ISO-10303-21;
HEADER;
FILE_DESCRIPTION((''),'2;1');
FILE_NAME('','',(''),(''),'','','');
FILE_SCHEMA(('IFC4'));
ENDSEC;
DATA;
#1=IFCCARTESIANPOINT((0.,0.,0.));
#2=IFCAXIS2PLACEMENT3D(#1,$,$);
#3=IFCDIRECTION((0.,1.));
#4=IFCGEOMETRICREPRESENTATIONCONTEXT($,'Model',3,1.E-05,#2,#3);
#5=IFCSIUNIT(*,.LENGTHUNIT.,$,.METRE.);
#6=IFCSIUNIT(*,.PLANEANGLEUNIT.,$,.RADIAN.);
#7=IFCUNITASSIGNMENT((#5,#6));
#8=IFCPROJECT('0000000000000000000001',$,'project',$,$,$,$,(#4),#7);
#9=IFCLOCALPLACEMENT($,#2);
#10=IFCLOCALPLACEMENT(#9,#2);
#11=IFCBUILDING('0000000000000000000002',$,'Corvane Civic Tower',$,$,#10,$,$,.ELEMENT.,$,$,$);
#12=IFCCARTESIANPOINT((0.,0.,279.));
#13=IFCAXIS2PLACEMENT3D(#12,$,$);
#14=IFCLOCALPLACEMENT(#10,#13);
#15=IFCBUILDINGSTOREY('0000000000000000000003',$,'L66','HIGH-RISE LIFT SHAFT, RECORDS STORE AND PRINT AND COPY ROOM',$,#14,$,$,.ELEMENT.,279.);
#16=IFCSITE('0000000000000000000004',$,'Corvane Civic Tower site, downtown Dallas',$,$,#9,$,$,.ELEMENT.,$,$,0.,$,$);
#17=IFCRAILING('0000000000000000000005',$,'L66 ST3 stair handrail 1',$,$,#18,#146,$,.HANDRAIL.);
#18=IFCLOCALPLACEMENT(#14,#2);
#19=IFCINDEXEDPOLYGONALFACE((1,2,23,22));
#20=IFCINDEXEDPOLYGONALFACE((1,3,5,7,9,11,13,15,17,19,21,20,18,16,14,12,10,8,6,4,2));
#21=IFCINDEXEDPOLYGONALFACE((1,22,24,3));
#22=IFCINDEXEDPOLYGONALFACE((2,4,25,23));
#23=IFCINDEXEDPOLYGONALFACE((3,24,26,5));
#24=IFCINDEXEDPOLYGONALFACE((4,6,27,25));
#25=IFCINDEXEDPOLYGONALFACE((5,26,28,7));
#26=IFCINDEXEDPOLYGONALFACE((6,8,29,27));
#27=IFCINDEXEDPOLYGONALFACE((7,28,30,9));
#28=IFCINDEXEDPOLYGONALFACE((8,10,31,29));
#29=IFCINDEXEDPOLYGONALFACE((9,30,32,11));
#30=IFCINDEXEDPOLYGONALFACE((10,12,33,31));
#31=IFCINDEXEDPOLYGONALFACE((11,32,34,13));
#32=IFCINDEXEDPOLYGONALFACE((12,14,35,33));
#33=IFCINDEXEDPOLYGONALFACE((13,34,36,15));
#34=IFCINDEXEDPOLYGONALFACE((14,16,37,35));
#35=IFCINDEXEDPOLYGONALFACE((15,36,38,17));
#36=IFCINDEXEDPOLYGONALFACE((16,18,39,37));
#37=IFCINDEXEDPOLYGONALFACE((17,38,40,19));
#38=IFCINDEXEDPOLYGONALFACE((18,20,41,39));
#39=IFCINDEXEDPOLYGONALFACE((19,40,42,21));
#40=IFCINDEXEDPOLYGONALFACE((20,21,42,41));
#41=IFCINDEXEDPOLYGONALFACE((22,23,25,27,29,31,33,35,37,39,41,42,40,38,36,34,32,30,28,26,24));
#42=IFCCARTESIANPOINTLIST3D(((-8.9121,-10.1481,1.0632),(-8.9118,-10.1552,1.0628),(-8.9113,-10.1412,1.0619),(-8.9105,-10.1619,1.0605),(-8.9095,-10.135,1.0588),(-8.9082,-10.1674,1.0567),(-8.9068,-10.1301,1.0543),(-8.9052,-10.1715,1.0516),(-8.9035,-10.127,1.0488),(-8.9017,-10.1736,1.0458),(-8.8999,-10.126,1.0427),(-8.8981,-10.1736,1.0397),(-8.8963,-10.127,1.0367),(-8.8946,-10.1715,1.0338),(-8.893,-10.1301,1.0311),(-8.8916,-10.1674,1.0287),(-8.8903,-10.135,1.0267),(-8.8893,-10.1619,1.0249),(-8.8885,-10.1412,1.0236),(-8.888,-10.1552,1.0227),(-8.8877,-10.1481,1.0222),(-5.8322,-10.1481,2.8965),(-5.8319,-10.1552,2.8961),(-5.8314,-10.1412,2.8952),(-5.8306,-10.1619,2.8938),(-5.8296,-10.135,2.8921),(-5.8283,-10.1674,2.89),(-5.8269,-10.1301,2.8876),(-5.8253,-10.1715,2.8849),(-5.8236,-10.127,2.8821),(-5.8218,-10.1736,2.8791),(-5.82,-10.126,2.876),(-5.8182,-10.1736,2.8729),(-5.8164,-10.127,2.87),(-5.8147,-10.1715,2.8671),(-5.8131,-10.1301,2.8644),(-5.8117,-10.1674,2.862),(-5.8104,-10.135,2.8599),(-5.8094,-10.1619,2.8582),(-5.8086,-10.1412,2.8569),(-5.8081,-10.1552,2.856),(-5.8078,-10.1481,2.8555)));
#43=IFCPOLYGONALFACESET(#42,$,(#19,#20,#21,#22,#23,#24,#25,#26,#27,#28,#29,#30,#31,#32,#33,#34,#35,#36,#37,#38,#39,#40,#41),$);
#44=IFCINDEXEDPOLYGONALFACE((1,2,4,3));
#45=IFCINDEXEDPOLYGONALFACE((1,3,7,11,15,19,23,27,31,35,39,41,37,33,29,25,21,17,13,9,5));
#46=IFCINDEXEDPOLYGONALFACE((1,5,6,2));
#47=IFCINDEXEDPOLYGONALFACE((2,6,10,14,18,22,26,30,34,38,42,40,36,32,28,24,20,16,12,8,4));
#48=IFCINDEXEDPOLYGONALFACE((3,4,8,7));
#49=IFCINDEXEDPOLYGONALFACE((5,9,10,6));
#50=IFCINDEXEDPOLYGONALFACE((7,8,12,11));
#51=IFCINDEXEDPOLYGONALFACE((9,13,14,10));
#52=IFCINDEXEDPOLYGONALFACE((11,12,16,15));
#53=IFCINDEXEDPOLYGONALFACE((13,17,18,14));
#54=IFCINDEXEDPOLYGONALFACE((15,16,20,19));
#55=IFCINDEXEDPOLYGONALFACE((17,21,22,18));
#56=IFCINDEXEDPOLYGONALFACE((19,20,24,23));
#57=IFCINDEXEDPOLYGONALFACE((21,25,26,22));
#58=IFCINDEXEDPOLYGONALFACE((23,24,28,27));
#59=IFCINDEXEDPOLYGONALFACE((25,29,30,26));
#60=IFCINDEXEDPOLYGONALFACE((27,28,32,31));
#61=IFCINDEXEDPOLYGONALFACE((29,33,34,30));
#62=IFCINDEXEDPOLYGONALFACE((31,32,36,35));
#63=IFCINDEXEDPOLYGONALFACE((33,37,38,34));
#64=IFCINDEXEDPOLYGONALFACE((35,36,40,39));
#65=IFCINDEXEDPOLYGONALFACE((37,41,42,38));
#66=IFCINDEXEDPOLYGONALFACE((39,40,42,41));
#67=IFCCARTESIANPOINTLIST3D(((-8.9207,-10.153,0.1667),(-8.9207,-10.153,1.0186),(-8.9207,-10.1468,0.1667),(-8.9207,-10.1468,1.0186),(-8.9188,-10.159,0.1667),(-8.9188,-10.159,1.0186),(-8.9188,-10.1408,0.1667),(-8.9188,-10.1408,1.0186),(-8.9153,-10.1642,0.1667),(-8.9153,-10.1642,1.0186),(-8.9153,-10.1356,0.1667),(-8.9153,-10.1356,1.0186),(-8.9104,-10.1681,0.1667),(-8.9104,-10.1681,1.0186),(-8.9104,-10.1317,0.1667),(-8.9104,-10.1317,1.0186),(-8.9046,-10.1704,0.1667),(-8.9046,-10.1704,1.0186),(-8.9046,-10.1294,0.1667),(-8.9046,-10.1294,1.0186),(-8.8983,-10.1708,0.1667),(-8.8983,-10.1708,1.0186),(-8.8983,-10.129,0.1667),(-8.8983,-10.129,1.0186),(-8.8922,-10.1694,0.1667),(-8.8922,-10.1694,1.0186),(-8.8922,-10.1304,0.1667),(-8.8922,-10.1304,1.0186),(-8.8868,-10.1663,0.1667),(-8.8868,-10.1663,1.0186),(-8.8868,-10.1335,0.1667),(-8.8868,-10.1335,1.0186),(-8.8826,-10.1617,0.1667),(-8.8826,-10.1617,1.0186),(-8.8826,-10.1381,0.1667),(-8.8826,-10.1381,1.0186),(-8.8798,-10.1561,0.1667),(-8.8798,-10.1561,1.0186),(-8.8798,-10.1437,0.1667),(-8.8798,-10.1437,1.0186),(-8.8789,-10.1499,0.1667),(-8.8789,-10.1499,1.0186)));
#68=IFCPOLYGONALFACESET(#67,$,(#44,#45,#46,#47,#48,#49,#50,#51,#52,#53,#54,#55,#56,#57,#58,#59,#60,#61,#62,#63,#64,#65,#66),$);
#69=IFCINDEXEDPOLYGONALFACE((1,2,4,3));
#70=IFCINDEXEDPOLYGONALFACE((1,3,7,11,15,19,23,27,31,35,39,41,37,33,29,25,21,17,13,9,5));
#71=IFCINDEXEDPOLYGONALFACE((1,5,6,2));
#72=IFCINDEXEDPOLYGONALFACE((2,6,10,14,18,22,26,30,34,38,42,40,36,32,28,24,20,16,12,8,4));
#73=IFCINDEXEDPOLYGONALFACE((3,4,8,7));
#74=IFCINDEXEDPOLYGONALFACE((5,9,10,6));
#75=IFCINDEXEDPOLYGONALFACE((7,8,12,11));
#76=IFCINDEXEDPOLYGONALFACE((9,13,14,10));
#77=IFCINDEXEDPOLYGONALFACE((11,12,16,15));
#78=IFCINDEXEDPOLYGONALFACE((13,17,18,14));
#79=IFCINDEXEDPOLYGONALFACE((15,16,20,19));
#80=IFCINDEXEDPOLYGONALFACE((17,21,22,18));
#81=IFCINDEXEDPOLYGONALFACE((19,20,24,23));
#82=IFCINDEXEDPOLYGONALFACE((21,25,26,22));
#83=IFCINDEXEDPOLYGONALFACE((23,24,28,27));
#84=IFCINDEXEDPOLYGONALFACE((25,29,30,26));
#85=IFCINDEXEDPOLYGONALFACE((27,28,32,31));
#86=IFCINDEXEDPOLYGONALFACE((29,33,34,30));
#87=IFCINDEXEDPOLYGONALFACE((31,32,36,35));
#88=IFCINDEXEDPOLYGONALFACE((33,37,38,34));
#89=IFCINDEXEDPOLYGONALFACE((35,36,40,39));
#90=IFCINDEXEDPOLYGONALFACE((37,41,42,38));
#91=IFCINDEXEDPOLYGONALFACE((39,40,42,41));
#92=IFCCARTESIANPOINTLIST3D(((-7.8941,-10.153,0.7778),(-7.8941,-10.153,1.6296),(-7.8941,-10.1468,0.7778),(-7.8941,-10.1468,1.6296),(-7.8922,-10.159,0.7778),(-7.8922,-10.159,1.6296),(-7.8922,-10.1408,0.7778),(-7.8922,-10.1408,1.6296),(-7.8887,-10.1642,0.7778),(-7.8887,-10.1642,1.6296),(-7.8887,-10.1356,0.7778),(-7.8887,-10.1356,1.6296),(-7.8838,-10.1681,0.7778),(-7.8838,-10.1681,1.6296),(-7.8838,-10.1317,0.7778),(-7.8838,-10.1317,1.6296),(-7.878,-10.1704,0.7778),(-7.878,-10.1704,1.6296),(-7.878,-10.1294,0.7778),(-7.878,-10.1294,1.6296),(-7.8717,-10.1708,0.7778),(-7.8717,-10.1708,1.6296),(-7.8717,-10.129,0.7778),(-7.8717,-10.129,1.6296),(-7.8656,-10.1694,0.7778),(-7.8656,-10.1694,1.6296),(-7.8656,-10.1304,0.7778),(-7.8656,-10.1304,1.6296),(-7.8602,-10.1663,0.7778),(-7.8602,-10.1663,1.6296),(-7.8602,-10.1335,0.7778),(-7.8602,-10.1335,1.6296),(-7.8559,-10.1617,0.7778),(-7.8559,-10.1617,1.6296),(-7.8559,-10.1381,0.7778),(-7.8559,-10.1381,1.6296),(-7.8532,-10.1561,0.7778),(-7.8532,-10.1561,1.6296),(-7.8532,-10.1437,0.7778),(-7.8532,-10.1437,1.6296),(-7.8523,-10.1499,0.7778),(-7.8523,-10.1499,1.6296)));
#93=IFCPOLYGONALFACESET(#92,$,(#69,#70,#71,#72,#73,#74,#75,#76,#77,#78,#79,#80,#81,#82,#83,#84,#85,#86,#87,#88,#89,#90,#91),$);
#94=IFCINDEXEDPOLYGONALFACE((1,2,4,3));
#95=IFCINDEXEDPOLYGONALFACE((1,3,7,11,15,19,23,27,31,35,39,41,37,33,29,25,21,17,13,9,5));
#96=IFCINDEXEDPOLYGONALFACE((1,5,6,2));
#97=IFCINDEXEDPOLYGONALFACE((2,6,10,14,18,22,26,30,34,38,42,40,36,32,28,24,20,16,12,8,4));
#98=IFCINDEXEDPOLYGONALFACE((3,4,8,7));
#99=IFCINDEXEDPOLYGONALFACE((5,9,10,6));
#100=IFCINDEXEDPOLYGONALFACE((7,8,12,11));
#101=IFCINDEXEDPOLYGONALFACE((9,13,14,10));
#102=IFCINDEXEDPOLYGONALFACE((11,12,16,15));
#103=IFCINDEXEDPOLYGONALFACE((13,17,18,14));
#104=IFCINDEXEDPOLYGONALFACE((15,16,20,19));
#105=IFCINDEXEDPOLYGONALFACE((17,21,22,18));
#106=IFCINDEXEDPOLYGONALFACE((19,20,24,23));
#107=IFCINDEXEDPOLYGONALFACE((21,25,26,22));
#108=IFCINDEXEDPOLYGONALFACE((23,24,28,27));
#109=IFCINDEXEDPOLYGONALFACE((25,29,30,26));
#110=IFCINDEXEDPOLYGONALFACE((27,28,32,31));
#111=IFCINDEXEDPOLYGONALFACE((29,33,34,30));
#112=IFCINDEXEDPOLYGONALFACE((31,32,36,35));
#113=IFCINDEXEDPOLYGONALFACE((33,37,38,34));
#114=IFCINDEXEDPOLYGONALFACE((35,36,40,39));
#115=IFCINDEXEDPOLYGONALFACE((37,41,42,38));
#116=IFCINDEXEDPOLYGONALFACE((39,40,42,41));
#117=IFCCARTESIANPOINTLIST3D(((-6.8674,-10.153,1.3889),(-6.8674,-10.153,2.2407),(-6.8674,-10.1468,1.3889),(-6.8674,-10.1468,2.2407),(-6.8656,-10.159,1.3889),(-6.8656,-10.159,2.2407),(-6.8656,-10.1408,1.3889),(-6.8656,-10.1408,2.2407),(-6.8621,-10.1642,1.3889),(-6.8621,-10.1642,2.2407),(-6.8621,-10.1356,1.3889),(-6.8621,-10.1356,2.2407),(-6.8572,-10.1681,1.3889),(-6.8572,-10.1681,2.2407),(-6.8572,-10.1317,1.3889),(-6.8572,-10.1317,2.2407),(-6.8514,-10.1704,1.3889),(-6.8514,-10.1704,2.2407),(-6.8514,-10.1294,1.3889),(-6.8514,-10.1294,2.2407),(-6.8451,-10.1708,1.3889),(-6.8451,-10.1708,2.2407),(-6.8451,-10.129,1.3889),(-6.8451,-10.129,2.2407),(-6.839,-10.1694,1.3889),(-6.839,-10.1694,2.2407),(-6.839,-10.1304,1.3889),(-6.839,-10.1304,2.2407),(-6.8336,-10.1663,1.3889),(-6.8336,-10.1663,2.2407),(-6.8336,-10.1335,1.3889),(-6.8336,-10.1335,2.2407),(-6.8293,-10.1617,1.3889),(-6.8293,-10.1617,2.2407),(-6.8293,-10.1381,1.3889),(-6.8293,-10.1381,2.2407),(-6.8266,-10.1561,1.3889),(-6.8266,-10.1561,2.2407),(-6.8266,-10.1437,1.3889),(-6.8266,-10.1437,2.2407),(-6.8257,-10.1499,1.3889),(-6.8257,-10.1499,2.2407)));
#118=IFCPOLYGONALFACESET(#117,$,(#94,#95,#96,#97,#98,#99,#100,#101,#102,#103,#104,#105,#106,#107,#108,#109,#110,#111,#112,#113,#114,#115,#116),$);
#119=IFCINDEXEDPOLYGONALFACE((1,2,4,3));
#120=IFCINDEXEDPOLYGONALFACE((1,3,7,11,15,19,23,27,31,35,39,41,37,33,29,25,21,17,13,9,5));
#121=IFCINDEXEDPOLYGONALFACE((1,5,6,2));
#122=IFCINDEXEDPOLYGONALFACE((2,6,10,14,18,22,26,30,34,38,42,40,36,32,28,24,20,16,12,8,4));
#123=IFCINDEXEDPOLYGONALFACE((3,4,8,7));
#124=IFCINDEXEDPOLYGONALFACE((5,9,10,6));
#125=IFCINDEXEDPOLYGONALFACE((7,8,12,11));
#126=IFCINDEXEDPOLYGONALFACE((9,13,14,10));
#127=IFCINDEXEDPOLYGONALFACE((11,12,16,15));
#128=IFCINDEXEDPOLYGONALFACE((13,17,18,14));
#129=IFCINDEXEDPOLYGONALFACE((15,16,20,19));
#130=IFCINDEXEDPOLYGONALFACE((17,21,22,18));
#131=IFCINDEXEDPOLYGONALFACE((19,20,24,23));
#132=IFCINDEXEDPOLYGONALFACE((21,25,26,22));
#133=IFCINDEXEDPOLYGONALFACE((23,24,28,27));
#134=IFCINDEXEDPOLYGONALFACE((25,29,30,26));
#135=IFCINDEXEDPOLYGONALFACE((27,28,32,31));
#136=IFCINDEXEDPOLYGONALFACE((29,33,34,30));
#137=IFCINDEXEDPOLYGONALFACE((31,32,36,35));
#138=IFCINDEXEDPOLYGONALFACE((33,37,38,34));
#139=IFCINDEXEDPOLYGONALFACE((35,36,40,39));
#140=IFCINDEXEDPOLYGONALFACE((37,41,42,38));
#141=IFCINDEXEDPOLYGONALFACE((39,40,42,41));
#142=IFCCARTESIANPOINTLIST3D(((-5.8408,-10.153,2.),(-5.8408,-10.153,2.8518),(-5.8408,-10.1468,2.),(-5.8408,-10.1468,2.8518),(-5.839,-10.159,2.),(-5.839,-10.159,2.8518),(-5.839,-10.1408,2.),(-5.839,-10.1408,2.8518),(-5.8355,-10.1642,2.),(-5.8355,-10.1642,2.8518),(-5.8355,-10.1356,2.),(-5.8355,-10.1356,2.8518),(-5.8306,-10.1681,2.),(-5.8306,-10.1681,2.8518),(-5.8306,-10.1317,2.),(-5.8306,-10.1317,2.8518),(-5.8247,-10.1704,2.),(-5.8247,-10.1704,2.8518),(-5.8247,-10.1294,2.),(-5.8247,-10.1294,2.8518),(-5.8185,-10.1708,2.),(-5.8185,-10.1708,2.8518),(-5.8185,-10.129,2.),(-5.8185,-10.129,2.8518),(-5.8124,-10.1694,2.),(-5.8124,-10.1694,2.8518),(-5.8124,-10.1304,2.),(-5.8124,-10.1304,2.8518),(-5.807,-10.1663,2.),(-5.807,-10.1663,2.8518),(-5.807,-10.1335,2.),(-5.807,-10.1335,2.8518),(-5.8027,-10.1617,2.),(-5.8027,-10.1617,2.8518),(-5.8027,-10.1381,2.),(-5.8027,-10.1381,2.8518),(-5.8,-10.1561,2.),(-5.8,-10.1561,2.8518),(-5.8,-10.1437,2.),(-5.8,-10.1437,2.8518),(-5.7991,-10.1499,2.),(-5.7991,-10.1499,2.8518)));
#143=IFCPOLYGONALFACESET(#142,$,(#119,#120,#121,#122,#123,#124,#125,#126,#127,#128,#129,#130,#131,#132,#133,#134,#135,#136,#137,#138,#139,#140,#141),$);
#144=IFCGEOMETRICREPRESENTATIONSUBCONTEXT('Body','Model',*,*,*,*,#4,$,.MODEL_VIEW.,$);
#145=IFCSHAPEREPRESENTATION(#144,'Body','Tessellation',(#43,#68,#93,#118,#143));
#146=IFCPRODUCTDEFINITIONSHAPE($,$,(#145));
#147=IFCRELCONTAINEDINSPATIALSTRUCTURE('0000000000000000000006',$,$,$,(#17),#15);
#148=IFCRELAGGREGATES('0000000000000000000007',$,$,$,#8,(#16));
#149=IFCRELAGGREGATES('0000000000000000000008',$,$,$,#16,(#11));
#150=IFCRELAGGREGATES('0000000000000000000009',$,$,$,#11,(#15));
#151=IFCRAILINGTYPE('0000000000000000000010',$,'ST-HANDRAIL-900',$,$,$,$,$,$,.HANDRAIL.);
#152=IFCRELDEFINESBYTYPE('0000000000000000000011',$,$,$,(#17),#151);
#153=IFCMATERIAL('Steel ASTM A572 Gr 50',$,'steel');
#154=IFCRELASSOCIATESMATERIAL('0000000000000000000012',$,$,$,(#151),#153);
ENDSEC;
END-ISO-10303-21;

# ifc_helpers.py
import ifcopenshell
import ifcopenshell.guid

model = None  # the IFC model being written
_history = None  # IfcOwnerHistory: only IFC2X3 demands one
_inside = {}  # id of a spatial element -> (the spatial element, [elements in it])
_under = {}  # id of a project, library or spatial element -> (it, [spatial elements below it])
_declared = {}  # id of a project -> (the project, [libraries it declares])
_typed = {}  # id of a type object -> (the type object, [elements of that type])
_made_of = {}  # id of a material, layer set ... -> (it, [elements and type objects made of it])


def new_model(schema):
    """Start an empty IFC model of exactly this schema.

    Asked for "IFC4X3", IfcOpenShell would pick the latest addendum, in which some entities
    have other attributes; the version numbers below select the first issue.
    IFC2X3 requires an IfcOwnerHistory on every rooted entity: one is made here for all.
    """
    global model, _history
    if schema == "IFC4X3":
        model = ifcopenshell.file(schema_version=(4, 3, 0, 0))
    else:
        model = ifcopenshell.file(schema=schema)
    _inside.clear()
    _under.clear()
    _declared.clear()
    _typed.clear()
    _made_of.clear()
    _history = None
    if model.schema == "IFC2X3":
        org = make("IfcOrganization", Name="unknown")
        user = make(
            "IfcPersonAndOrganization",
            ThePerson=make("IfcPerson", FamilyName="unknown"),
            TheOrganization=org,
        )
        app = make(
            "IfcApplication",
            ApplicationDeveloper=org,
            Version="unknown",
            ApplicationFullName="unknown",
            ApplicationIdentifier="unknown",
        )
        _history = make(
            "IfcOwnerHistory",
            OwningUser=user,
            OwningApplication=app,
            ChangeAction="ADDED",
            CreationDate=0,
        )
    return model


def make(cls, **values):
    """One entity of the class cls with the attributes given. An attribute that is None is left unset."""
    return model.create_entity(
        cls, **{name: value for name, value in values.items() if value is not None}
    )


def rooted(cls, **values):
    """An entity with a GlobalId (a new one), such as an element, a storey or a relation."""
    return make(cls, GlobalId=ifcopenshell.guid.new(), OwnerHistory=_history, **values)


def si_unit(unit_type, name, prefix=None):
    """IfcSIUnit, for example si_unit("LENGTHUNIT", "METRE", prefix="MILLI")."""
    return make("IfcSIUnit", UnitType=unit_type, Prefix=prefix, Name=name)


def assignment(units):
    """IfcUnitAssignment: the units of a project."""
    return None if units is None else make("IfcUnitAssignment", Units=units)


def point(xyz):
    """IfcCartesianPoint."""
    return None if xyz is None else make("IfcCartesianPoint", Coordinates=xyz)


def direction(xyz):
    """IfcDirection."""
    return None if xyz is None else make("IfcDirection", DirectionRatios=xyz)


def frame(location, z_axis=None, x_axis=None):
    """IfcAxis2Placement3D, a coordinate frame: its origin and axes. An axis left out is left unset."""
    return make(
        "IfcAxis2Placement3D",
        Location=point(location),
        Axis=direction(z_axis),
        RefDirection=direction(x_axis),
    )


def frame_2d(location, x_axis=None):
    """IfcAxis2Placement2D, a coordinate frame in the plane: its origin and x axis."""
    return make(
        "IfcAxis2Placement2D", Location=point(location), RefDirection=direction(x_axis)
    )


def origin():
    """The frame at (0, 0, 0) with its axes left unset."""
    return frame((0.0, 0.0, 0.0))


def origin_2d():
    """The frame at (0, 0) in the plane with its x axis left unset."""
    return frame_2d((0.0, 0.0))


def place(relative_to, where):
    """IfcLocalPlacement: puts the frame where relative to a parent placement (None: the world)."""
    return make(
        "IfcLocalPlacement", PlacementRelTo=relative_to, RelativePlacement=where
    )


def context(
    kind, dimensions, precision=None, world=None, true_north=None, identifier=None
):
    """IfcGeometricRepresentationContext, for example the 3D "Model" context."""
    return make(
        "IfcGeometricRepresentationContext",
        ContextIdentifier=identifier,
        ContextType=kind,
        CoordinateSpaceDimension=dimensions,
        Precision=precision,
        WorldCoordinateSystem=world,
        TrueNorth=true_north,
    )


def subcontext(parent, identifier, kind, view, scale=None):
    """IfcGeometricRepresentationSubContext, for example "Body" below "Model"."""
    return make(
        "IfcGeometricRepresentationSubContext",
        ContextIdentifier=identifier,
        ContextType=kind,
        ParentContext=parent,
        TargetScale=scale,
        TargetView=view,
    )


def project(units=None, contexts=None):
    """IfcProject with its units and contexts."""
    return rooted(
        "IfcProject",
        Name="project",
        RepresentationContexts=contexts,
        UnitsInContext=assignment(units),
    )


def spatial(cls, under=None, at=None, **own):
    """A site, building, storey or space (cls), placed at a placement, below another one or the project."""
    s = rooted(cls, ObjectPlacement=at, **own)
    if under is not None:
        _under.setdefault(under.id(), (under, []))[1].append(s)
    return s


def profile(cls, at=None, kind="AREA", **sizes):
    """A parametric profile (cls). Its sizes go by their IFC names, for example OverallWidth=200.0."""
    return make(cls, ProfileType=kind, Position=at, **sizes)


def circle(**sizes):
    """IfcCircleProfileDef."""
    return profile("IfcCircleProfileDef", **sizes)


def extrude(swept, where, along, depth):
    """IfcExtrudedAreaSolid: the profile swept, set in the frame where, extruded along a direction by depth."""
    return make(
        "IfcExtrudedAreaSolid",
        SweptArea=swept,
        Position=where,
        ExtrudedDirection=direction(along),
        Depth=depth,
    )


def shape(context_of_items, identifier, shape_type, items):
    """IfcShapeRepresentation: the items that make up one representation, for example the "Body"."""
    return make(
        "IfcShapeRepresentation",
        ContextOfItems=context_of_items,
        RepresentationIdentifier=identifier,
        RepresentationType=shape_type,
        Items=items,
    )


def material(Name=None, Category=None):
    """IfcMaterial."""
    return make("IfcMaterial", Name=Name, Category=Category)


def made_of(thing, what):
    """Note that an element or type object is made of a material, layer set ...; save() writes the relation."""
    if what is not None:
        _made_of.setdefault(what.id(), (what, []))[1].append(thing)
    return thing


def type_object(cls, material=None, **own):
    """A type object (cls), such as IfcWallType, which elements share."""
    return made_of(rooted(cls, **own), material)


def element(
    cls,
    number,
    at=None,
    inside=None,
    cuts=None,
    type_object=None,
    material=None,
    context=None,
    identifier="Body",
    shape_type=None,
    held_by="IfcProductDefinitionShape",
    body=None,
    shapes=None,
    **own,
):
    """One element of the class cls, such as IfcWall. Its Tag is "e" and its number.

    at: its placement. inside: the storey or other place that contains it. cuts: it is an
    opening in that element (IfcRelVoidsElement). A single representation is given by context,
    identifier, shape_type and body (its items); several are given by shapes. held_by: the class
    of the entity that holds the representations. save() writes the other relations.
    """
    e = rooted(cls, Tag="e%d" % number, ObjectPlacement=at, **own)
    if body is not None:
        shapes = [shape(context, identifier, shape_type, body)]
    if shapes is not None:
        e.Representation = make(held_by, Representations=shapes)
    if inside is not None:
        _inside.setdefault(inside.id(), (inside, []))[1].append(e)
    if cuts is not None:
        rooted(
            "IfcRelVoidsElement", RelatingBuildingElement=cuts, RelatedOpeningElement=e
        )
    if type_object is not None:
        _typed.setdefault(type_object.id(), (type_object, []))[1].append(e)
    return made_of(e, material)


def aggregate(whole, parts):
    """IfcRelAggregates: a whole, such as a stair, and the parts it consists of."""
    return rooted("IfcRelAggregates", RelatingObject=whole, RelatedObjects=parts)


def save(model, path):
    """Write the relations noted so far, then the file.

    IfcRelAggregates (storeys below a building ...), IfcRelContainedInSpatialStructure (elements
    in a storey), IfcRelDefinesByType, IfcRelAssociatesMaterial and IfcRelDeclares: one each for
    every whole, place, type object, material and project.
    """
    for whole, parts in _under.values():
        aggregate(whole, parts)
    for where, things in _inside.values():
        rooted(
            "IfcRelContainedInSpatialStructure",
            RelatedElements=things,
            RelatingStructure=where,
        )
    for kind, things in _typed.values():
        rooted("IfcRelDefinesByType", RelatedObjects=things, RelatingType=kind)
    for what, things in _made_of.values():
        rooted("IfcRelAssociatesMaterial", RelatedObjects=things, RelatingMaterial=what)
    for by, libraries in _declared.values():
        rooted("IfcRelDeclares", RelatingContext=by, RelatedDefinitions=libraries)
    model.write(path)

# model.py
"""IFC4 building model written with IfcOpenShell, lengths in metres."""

from ifc_helpers import new_model, si_unit, direction, frame, origin, origin_2d, place, context, subcontext, project, spatial, circle, extrude, material, type_object, element, save


model = new_model("IFC4")

# Units and contexts
model_context = context("Model", 3, precision=1e-05, world=origin(), true_north=direction((0.0, 1.0)))
body_context = subcontext(model_context, "Body", "Model", "MODEL_VIEW")
ifc_project = project(units=[si_unit("LENGTHUNIT", "METRE"), si_unit("PLANEANGLEUNIT", "RADIAN")], contexts=[model_context])

# Site, building, storey
site_placement = place(None, origin())
site = spatial("IfcSite", under=ifc_project, at=site_placement, Name="Corvane Civic Tower site, downtown Dallas", CompositionType="ELEMENT", RefElevation=0.0)
building_placement = place(site_placement, origin())
building = spatial("IfcBuilding", under=site, at=building_placement, Name="Corvane Civic Tower", CompositionType="ELEMENT")
storey_placement = place(building_placement, frame((0.0, 0.0, 279.0)))
storey = spatial("IfcBuildingStorey", under=building, at=storey_placement, Name="L66", Description="HIGH-RISE LIFT SHAFT, RECORDS STORE AND PRINT AND COPY ROOM", CompositionType="ELEMENT", Elevation=279.0)

# Railing
ifc_material_1 = material(Name="Steel ASTM A572 Gr 50", Category="steel")
railing_type_1 = type_object("IfcRailingType", Name="ST-HANDRAIL-900", PredefinedType="HANDRAIL", material=ifc_material_1)
railing_1_placement = place(storey_placement, frame((-8.8999, -10.1499, 0.1667)))
element("IfcRailing", 1, at=railing_1_placement, inside=storey, type_object=railing_type_1, Name="L66 ST3 stair handrail 1", PredefinedType="HANDRAIL", context=body_context, shape_type="SweptSolid", body=[
    extrude(circle(Radius=0.0239, at=origin_2d()), frame((0.0, 0.0, 0.876), z_axis=(0.859291, 0.0, 0.511487), x_axis=(0.0, 1.0, 0.0)), (0.0, 0.0, 1.0), 3.5842),
    extrude(circle(Radius=0.021, at=origin_2d()), origin(), (0.0, 0.0, 1.0), 0.8518),
    extrude(circle(Radius=0.021, at=origin_2d()), frame((1.0266, 0.0, 0.6111)), (0.0, 0.0, 1.0), 0.8518),
    extrude(circle(Radius=0.021, at=origin_2d()), frame((2.0532, 0.0, 1.2222)), (0.0, 0.0, 1.0), 0.8518),
    extrude(circle(Radius=0.021, at=origin_2d()), frame((3.0798, 0.0, 1.8333)), (0.0, 0.0, 1.0), 0.8518),
])

save(model, "model.ifc")
